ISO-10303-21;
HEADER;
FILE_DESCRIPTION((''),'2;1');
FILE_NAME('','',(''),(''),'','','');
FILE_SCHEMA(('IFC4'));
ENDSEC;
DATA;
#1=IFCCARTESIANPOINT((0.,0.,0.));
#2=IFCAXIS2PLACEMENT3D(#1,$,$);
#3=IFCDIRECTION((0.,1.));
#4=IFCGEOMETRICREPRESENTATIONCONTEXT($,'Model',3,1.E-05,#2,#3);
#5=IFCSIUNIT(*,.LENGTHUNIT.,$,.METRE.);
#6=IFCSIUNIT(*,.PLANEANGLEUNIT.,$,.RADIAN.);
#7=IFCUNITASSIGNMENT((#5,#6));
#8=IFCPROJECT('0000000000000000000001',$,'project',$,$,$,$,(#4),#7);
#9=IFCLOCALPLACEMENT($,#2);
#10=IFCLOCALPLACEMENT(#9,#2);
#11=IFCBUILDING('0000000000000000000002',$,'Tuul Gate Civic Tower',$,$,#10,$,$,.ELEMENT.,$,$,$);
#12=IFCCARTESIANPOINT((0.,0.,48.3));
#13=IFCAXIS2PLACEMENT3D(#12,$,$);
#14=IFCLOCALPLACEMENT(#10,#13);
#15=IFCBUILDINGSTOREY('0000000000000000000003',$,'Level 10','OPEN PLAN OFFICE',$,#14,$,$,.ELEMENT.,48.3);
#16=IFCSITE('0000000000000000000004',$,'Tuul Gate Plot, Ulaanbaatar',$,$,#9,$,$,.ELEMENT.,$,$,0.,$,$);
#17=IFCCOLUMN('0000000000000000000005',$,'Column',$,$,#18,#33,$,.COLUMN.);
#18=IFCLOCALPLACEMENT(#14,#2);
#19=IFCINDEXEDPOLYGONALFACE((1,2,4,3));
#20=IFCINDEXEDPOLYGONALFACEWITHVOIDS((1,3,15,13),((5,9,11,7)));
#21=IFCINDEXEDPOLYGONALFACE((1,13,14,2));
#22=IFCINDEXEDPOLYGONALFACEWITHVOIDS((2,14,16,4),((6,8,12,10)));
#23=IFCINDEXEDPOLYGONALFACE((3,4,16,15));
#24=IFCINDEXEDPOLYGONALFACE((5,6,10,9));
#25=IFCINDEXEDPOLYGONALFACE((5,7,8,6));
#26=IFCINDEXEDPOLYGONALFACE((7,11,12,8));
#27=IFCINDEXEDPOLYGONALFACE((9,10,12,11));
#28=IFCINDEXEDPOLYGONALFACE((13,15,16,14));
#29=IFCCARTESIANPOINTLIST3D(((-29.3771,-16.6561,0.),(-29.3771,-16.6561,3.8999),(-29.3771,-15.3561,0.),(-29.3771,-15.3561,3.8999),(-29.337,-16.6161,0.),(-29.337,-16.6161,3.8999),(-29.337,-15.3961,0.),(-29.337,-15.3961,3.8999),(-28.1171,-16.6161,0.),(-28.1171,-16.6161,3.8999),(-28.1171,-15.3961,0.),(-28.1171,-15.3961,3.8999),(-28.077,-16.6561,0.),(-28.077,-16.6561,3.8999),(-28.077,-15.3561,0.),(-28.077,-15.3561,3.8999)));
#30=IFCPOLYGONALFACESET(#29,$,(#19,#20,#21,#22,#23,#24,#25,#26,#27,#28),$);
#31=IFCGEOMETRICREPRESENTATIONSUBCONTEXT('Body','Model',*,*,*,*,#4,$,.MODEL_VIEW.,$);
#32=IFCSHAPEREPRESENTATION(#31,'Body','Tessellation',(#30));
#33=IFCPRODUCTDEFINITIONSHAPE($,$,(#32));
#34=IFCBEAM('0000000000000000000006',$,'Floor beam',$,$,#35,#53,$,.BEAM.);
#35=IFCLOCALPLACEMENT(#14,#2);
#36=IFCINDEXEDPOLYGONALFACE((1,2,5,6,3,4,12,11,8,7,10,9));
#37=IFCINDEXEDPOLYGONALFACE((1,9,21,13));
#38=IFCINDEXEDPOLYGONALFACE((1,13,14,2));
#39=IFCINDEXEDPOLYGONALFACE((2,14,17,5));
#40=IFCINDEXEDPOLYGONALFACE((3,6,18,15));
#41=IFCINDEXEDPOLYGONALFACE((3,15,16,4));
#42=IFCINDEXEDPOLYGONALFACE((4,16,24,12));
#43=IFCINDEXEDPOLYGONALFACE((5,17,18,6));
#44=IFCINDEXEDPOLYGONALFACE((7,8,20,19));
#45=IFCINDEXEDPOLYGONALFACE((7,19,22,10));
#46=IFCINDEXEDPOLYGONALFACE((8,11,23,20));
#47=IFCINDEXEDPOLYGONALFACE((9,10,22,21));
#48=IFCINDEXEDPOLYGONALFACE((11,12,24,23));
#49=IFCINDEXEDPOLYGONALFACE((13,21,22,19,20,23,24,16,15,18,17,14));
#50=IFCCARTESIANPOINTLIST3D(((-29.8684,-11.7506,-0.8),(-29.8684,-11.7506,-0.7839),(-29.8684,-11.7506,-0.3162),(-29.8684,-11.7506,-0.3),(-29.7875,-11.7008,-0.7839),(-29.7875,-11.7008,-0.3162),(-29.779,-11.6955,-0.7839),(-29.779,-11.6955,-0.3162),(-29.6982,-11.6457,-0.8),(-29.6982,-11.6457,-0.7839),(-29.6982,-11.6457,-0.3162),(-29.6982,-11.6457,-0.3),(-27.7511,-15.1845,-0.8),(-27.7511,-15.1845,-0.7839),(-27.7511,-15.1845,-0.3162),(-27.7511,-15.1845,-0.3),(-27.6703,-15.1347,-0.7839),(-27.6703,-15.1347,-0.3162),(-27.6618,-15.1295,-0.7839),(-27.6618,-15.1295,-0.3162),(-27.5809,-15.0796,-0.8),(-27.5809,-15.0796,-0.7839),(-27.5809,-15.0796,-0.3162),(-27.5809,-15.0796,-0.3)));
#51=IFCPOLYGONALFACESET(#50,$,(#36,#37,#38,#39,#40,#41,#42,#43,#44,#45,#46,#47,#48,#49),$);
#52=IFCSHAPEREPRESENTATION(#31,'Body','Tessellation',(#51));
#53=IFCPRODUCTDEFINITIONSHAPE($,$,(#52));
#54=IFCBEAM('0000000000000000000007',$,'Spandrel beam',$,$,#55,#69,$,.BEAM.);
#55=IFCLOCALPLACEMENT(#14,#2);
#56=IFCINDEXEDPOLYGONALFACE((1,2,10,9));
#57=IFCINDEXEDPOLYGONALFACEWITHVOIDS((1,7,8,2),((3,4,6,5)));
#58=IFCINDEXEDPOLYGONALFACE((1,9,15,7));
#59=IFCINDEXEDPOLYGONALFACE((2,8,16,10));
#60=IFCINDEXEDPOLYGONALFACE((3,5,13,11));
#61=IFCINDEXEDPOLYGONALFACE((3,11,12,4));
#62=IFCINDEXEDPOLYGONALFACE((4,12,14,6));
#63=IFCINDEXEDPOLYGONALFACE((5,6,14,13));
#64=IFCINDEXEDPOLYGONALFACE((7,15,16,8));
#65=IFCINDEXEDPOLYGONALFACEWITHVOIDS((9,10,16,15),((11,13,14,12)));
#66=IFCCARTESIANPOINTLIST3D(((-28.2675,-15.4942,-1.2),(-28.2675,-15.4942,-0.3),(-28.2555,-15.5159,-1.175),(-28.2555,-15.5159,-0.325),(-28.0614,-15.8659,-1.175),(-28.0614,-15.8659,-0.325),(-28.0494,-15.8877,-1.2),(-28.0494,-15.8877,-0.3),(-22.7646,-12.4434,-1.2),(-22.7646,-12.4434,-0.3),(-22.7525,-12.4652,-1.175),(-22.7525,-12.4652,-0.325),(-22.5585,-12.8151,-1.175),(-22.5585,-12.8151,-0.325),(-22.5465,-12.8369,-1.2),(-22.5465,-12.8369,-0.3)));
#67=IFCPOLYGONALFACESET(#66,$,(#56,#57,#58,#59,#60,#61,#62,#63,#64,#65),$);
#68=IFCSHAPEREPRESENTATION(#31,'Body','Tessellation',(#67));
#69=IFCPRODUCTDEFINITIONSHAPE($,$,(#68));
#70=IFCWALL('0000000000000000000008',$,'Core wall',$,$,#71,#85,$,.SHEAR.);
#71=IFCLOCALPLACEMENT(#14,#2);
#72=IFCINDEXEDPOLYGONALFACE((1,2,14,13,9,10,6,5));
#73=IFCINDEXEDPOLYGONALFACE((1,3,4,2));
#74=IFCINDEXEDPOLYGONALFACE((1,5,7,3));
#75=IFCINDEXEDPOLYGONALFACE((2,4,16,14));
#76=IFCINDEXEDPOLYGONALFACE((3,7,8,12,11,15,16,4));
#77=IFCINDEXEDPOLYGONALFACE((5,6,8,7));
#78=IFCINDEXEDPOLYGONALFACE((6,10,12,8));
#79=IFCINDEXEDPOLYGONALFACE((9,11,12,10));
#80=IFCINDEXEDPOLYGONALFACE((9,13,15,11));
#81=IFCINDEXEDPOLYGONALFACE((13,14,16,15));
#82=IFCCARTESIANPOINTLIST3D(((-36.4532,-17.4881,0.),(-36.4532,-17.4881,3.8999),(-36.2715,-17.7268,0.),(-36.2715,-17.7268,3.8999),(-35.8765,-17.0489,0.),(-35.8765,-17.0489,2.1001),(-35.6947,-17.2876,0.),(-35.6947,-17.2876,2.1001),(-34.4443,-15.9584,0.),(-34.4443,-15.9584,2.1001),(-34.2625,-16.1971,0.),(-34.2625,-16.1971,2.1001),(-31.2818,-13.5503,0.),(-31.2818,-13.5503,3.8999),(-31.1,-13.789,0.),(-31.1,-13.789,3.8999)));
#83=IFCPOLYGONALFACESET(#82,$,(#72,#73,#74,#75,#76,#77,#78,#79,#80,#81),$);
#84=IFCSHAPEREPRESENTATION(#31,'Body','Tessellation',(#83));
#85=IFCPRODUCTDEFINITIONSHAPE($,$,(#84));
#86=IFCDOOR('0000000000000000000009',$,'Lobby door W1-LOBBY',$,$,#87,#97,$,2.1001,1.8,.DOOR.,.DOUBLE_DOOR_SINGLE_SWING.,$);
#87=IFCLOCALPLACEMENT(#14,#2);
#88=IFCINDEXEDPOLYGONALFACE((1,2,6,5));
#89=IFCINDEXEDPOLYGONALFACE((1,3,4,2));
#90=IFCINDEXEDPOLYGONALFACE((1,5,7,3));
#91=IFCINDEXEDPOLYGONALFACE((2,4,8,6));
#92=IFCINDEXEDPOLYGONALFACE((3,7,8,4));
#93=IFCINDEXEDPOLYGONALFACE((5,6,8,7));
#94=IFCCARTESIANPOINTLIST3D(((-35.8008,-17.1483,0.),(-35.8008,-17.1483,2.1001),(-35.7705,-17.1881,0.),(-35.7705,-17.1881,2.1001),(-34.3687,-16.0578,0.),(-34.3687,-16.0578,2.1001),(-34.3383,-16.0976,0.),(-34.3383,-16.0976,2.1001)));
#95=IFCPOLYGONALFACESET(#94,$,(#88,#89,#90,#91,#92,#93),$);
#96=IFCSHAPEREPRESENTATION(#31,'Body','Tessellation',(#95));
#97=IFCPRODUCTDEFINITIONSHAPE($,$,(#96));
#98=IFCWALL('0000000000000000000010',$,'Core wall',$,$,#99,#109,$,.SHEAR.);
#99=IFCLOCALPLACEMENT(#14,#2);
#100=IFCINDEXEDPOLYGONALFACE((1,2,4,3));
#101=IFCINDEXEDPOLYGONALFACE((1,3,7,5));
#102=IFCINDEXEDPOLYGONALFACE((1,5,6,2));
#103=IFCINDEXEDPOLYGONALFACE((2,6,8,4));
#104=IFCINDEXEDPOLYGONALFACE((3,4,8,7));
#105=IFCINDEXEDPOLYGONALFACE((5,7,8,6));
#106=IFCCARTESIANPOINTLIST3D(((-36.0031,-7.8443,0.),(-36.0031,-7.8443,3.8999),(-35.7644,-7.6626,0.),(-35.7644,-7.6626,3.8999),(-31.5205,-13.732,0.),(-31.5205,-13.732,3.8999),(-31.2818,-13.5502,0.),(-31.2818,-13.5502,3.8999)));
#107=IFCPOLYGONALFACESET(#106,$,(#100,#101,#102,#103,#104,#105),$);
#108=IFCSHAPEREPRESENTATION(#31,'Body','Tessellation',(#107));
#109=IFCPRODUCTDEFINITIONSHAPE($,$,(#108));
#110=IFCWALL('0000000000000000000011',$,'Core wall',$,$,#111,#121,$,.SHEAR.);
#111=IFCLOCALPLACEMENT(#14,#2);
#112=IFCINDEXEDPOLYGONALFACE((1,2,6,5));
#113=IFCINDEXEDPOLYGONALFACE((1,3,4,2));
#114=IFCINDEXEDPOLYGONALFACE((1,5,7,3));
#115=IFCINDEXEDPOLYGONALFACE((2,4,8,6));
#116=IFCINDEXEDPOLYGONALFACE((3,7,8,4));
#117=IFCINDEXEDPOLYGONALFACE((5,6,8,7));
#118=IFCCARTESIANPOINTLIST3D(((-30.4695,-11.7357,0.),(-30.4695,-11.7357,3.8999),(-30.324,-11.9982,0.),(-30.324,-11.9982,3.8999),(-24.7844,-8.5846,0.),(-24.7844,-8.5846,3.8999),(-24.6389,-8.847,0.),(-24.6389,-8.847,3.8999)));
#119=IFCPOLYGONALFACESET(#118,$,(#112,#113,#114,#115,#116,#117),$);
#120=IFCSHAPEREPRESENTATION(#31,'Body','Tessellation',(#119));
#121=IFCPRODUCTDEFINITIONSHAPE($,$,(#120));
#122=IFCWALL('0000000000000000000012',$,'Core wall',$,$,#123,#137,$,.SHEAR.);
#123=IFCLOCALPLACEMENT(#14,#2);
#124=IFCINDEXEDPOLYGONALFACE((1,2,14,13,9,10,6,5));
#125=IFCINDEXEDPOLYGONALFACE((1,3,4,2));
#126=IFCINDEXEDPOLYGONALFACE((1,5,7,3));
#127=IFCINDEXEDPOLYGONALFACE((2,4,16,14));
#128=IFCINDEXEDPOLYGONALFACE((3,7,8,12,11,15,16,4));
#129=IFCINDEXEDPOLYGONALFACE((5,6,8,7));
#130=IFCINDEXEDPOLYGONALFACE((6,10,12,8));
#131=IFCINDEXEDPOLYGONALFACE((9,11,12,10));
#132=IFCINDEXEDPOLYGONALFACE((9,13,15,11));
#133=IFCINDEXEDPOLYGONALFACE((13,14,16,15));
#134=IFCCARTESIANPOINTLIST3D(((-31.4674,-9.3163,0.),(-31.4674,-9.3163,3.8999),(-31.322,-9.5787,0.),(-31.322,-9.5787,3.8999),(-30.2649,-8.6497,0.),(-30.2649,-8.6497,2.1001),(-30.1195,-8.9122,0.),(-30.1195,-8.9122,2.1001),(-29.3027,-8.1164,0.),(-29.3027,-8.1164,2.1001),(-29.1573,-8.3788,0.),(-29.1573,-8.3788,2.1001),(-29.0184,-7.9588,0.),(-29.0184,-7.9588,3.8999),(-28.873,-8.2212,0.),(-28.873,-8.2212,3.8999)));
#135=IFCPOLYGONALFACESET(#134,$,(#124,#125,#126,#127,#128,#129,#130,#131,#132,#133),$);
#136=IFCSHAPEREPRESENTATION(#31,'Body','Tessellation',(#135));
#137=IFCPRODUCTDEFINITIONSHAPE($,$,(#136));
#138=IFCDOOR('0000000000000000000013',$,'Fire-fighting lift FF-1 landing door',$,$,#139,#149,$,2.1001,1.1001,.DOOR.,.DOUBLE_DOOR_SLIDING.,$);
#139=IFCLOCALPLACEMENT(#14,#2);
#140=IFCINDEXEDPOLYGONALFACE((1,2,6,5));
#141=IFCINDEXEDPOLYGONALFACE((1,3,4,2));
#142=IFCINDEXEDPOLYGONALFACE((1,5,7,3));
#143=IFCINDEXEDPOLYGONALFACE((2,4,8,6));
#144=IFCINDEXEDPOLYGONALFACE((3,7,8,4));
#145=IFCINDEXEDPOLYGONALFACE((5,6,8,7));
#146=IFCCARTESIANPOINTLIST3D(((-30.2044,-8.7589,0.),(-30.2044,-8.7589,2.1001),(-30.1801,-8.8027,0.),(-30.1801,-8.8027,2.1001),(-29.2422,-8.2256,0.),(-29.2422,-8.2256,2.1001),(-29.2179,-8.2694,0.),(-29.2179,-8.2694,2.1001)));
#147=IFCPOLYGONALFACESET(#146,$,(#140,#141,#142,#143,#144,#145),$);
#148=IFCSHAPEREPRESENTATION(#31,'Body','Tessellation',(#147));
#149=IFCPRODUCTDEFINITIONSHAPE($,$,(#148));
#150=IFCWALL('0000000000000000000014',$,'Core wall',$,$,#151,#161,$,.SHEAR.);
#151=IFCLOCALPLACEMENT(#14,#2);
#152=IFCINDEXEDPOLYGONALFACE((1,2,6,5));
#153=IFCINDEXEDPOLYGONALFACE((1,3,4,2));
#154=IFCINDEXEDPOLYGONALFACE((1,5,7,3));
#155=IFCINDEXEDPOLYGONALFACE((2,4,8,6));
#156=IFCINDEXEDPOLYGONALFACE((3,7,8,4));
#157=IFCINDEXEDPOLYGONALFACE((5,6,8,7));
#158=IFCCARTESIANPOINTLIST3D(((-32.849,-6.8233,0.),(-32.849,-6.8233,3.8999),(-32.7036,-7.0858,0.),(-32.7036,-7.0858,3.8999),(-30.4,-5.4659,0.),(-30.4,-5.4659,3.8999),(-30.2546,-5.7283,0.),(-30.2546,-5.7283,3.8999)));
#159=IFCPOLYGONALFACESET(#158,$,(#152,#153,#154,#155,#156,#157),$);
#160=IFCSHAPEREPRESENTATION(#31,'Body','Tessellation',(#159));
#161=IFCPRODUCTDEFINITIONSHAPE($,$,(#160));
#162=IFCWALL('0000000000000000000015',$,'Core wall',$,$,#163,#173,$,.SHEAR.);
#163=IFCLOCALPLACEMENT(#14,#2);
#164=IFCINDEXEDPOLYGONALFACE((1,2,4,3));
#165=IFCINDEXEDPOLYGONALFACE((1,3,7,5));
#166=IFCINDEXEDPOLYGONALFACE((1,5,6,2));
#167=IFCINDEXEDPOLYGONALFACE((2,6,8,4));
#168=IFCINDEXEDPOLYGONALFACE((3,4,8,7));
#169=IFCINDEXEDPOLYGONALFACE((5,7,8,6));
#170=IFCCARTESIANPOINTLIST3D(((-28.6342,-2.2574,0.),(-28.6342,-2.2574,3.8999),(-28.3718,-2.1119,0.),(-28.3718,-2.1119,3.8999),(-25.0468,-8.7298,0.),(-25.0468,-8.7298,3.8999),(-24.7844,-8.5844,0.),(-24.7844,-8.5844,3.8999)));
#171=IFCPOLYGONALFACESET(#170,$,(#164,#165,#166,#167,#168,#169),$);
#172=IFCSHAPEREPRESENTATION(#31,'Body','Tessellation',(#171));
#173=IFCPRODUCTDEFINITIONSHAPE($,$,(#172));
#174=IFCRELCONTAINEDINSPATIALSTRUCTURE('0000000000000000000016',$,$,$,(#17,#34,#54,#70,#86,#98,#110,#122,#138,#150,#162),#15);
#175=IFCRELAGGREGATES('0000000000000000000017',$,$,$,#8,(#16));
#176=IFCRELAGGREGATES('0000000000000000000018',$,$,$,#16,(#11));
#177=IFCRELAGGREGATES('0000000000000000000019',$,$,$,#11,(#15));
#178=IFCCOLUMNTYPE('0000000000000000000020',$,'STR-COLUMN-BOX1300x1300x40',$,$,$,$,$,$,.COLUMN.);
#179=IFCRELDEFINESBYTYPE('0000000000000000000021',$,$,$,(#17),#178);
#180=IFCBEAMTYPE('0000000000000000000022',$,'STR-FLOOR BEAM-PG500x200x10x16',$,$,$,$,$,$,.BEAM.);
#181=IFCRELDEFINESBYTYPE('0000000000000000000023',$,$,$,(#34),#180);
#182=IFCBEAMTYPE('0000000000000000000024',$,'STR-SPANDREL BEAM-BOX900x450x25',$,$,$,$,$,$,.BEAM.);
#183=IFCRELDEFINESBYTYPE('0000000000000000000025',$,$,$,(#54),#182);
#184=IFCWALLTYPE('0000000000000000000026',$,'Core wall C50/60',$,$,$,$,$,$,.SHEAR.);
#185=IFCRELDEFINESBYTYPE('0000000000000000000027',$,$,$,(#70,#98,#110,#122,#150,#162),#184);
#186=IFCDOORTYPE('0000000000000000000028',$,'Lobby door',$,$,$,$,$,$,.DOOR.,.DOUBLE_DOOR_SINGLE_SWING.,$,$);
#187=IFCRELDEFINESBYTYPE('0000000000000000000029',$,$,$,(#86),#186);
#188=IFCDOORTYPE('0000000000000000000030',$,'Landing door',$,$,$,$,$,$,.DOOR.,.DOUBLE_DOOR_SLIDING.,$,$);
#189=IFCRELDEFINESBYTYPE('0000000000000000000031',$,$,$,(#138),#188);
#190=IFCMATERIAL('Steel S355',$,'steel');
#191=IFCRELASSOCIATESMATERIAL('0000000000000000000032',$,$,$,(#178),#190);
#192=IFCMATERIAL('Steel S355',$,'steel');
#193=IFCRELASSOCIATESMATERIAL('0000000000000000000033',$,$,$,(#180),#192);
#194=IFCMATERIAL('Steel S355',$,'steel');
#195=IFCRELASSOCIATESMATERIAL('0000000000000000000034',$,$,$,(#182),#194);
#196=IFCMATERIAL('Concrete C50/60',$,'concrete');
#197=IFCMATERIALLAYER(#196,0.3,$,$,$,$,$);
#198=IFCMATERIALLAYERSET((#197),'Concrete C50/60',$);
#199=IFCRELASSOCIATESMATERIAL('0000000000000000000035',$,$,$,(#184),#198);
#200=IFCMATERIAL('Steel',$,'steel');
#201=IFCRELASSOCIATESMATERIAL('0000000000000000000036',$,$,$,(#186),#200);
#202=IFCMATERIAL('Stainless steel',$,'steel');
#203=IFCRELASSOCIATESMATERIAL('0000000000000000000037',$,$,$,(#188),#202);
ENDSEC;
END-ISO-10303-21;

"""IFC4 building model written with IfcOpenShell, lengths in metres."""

from ifc_helpers import new_model, si_unit, direction, frame, frame_2d, origin, origin_2d, place, context, subcontext, project, spatial, rectangle, hollow_rectangle, i_section, extrude, material, layer, layer_set, material_profile, profile_set, type_object, element, fill, save


model = new_model("IFC4")

# Units and contexts
model_context = context("Model", 3, precision=1e-05, world=origin(), true_north=direction((0.0, 1.0)))
body_context = subcontext(model_context, "Body", "Model", "MODEL_VIEW")
ifc_project = project(units=[si_unit("LENGTHUNIT", "METRE"), si_unit("PLANEANGLEUNIT", "RADIAN")], contexts=[model_context])

# Site, building, storey
site_placement = place(None, origin())
site = spatial("IfcSite", under=ifc_project, at=site_placement, Name="Tuul Gate Plot, Ulaanbaatar", CompositionType="ELEMENT", RefElevation=0.0)
building_placement = place(site_placement, origin())
building = spatial("IfcBuilding", under=site, at=building_placement, Name="Tuul Gate Civic Tower", CompositionType="ELEMENT")
storey_placement = place(building_placement, frame((0.0, 0.0, 48.3)))
storey = spatial("IfcBuildingStorey", under=building, at=storey_placement, Name="Level 10", Description="OPEN PLAN OFFICE", CompositionType="ELEMENT", Elevation=48.3)

# Column
ifc_material_1 = material(Name="Steel S355", Category="steel")
ifc_material_profile_1 = material_profile(ifc_material_1, hollow_rectangle(XDim=1.3, YDim=1.3, WallThickness=0.04, at=origin_2d()), Name="BOX1300x1300x40")
ifc_profile_set_1 = profile_set([ifc_material_profile_1], Name="Steel S355")
column_type = type_object("IfcColumnType", Name="STR-COLUMN-BOX1300x1300x40", PredefinedType="COLUMN", material=ifc_profile_set_1)
column_placement = place(storey_placement, frame((-28.7271, -16.0061, 0.0), z_axis=(0.0, 0.0, 1.0), x_axis=(1.0, 0.0, 0.0)))
element("IfcColumn", 1, at=column_placement, inside=storey, type_object=column_type, Name="Column", PredefinedType="COLUMN", context=body_context, shape_type="SweptSolid", body=[
    extrude(hollow_rectangle(XDim=1.3, YDim=1.3, WallThickness=0.04, at=origin_2d()), origin(), (0.0, 0.0, 1.0), 3.8999),
])

# Beams
ifc_material_2 = material(Name="Steel S355", Category="steel")
ifc_material_profile_2 = material_profile(ifc_material_2, i_section(OverallWidth=0.2, OverallDepth=0.5, WebThickness=0.01, FlangeThickness=0.0161, at=origin_2d()), Name="PG500x200x10x16")
ifc_profile_set_2 = profile_set([ifc_material_profile_2], Name="Steel S355")
beam_type_1 = type_object("IfcBeamType", Name="STR-FLOOR BEAM-PG500x200x10x16", PredefinedType="BEAM", material=ifc_profile_set_2)
beam_1_placement = place(storey_placement, frame((-27.666, -15.1321, -0.55), z_axis=(-0.524827, 0.851209, 0.0), x_axis=(-0.851209, -0.524827, 0.0)))
element("IfcBeam", 2, at=beam_1_placement, inside=storey, type_object=beam_type_1, Name="Floor beam", PredefinedType="BEAM", context=body_context, shape_type="SweptSolid", body=[
    extrude(i_section(OverallWidth=0.2, OverallDepth=0.5, WebThickness=0.01, FlangeThickness=0.0161, at=origin_2d()), origin(), (0.0, 0.0, 1.0), 4.0342),
])
ifc_material_3 = material(Name="Steel S355", Category="steel")
ifc_material_profile_3 = material_profile(ifc_material_3, hollow_rectangle(XDim=0.45, YDim=0.8999, WallThickness=0.0249, at=origin_2d()), Name="BOX900x450x25")
ifc_profile_set_3 = profile_set([ifc_material_profile_3], Name="Steel S355")
beam_type_2 = type_object("IfcBeamType", Name="STR-SPANDREL BEAM-BOX900x450x25", PredefinedType="BEAM", material=ifc_profile_set_3)
beam_2_placement = place(storey_placement, frame((-28.1584, -15.6909, -0.75), z_axis=(0.874589, 0.484865, 0.0), x_axis=(-0.484865, 0.874589, 0.0)))
element("IfcBeam", 3, at=beam_2_placement, inside=storey, type_object=beam_type_2, Name="Spandrel beam", PredefinedType="BEAM", context=body_context, shape_type="SweptSolid", body=[
    extrude(hollow_rectangle(XDim=0.45, YDim=0.8999, WallThickness=0.0249, at=origin_2d()), origin(), (0.0, 0.0, 1.0), 6.292),
])

# Wall, opening, door
ifc_material_4 = material(Name="Concrete C50/60", Category="concrete")
ifc_layer_1 = layer(ifc_material_4, 0.3)
ifc_layer_set_1 = layer_set([ifc_layer_1], Name="Concrete C50/60")
wall_type_1 = type_object("IfcWallType", Name="Core wall C50/60", PredefinedType="SHEAR", material=ifc_layer_set_1)
wall_1_placement = place(storey_placement, frame((-31.1909, -13.6697, 0.0), z_axis=(0.0, 0.0, 1.0), x_axis=(-0.795607, -0.605813, 0.0)))
wall_1 = element("IfcWall", 4, at=wall_1_placement, inside=storey, type_object=wall_type_1, Name="Core wall", PredefinedType="SHEAR", context=body_context, shape_type="SweptSolid", body=[
    extrude(rectangle(XDim=6.5, YDim=0.3, at=frame_2d((3.25, 0.0))), origin(), (0.0, 0.0, 1.0), 3.8999),
])
opening_1_placement = place(wall_1_placement, frame((3.9751, 0.0, 0.0)))
opening_1 = element("IfcOpeningElement", 5, at=opening_1_placement, cuts=wall_1, PredefinedType="OPENING", context=body_context, shape_type="SweptSolid", body=[
    extrude(rectangle(XDim=1.8, YDim=2.1001, at=frame_2d((0.8999, 1.05))), frame((0.0, 0.1602, 0.0), z_axis=(0.0, -1.0, 0.0), x_axis=(1.0, 0.0, 0.0)), (0.0, 0.0, 1.0), 0.3201),
])
ifc_material_5 = material(Name="Steel", Category="steel")
door_type_1 = type_object("IfcDoorType", Name="Lobby door", OperationType="DOUBLE_DOOR_SINGLE_SWING", PredefinedType="DOOR", material=ifc_material_5)
door_1_placement = place(opening_1_placement, origin())
door_1 = element("IfcDoor", 6, at=door_1_placement, inside=storey, type_object=door_type_1, Name="Lobby door W1-LOBBY", OperationType="DOUBLE_DOOR_SINGLE_SWING", OverallHeight=2.1001, OverallWidth=1.8, PredefinedType="DOOR", context=body_context, shape_type="SweptSolid", body=[
    extrude(rectangle(XDim=1.8, YDim=2.1001, at=frame_2d((0.8999, 1.05))), frame((0.0, 0.0249, 0.0), z_axis=(0.0, -1.0, 0.0), x_axis=(1.0, 0.0, 0.0)), (0.0, 0.0, 1.0), 0.05),
])
fill(opening_1, door_1)

# Walls
wall_2_placement = place(storey_placement, frame((-31.4011, -13.6411, 0.0), z_axis=(0.0, 0.0, 1.0), x_axis=(-0.60577, 0.79564, 0.0)))
element("IfcWall", 7, at=wall_2_placement, inside=storey, type_object=wall_type_1, Name="Core wall", PredefinedType="SHEAR", context=body_context, shape_type="SweptSolid", body=[
    extrude(rectangle(XDim=7.3999, YDim=0.3, at=frame_2d((3.7, 0.0))), origin(), (0.0, 0.0, 1.0), 3.8999),
])
wall_3_placement = place(storey_placement, frame((-24.7117, -8.7158, 0.0), z_axis=(0.0, 0.0, 1.0), x_axis=(-0.87463, -0.484791, 0.0)))
element("IfcWall", 8, at=wall_3_placement, inside=storey, type_object=wall_type_1, Name="Core wall", PredefinedType="SHEAR", context=body_context, shape_type="SweptSolid", body=[
    extrude(rectangle(XDim=6.5, YDim=0.3, at=frame_2d((3.25, 0.0))), origin(), (0.0, 0.0, 1.0), 3.8999),
])

# Wall, opening, door
wall_4_placement = place(storey_placement, frame((-28.9458, -8.0901, 0.0), z_axis=(0.0, 0.0, 1.0), x_axis=(-0.87463, -0.484791, 0.0)))
wall_4 = element("IfcWall", 9, at=wall_4_placement, inside=storey, type_object=wall_type_1, Name="Core wall", PredefinedType="SHEAR", context=body_context, shape_type="SweptSolid", body=[
    extrude(rectangle(XDim=2.8, YDim=0.3, at=frame_2d((1.3999, 0.0))), origin(), (0.0, 0.0, 1.0), 3.8999),
])
opening_2_placement = place(wall_4_placement, frame((0.325, 0.0, 0.0)))
opening_2 = element("IfcOpeningElement", 10, at=opening_2_placement, cuts=wall_4, PredefinedType="OPENING", context=body_context, shape_type="SweptSolid", body=[
    extrude(rectangle(XDim=1.1001, YDim=2.1001, at=frame_2d((0.55, 1.05))), frame((0.0, 0.1602, 0.0), z_axis=(0.0, -1.0, 0.0), x_axis=(1.0, 0.0, 0.0)), (0.0, 0.0, 1.0), 0.3201),
])
ifc_material_6 = material(Name="Stainless steel", Category="steel")
door_type_2 = type_object("IfcDoorType", Name="Landing door", OperationType="DOUBLE_DOOR_SLIDING", PredefinedType="DOOR", material=ifc_material_6)
door_2_placement = place(opening_2_placement, origin())
door_2 = element("IfcDoor", 11, at=door_2_placement, inside=storey, type_object=door_type_2, Name="Fire-fighting lift FF-1 landing door", OperationType="DOUBLE_DOOR_SLIDING", OverallHeight=2.1001, OverallWidth=1.1001, PredefinedType="DOOR", context=body_context, shape_type="SweptSolid", body=[
    extrude(rectangle(XDim=1.1001, YDim=2.1001, at=frame_2d((0.55, 1.05))), frame((0.0, 0.0249, 0.0), z_axis=(0.0, -1.0, 0.0), x_axis=(1.0, 0.0, 0.0)), (0.0, 0.0, 1.0), 0.05),
])
fill(opening_2, door_2)

# Walls
wall_5_placement = place(storey_placement, frame((-30.3274, -5.5972, 0.0), z_axis=(0.0, 0.0, 1.0), x_axis=(-0.87463, -0.484791, 0.0)))
element("IfcWall", 12, at=wall_5_placement, inside=storey, type_object=wall_type_1, Name="Core wall", PredefinedType="SHEAR", context=body_context, shape_type="SweptSolid", body=[
    extrude(rectangle(XDim=2.8, YDim=0.3, at=frame_2d((1.3999, 0.0))), origin(), (0.0, 0.0, 1.0), 3.8999),
])
wall_6_placement = place(storey_placement, frame((-24.9155, -8.6572, 0.0), z_axis=(0.0, 0.0, 1.0), x_axis=(-0.484777, 0.874638, 0.0)))
element("IfcWall", 13, at=wall_6_placement, inside=storey, type_object=wall_type_1, Name="Core wall", PredefinedType="SHEAR", context=body_context, shape_type="SweptSolid", body=[
    extrude(rectangle(XDim=7.4001, YDim=0.3, at=frame_2d((3.7002, 0.0))), origin(), (0.0, 0.0, 1.0), 3.8999),
])

save(model, "model.ifc")
